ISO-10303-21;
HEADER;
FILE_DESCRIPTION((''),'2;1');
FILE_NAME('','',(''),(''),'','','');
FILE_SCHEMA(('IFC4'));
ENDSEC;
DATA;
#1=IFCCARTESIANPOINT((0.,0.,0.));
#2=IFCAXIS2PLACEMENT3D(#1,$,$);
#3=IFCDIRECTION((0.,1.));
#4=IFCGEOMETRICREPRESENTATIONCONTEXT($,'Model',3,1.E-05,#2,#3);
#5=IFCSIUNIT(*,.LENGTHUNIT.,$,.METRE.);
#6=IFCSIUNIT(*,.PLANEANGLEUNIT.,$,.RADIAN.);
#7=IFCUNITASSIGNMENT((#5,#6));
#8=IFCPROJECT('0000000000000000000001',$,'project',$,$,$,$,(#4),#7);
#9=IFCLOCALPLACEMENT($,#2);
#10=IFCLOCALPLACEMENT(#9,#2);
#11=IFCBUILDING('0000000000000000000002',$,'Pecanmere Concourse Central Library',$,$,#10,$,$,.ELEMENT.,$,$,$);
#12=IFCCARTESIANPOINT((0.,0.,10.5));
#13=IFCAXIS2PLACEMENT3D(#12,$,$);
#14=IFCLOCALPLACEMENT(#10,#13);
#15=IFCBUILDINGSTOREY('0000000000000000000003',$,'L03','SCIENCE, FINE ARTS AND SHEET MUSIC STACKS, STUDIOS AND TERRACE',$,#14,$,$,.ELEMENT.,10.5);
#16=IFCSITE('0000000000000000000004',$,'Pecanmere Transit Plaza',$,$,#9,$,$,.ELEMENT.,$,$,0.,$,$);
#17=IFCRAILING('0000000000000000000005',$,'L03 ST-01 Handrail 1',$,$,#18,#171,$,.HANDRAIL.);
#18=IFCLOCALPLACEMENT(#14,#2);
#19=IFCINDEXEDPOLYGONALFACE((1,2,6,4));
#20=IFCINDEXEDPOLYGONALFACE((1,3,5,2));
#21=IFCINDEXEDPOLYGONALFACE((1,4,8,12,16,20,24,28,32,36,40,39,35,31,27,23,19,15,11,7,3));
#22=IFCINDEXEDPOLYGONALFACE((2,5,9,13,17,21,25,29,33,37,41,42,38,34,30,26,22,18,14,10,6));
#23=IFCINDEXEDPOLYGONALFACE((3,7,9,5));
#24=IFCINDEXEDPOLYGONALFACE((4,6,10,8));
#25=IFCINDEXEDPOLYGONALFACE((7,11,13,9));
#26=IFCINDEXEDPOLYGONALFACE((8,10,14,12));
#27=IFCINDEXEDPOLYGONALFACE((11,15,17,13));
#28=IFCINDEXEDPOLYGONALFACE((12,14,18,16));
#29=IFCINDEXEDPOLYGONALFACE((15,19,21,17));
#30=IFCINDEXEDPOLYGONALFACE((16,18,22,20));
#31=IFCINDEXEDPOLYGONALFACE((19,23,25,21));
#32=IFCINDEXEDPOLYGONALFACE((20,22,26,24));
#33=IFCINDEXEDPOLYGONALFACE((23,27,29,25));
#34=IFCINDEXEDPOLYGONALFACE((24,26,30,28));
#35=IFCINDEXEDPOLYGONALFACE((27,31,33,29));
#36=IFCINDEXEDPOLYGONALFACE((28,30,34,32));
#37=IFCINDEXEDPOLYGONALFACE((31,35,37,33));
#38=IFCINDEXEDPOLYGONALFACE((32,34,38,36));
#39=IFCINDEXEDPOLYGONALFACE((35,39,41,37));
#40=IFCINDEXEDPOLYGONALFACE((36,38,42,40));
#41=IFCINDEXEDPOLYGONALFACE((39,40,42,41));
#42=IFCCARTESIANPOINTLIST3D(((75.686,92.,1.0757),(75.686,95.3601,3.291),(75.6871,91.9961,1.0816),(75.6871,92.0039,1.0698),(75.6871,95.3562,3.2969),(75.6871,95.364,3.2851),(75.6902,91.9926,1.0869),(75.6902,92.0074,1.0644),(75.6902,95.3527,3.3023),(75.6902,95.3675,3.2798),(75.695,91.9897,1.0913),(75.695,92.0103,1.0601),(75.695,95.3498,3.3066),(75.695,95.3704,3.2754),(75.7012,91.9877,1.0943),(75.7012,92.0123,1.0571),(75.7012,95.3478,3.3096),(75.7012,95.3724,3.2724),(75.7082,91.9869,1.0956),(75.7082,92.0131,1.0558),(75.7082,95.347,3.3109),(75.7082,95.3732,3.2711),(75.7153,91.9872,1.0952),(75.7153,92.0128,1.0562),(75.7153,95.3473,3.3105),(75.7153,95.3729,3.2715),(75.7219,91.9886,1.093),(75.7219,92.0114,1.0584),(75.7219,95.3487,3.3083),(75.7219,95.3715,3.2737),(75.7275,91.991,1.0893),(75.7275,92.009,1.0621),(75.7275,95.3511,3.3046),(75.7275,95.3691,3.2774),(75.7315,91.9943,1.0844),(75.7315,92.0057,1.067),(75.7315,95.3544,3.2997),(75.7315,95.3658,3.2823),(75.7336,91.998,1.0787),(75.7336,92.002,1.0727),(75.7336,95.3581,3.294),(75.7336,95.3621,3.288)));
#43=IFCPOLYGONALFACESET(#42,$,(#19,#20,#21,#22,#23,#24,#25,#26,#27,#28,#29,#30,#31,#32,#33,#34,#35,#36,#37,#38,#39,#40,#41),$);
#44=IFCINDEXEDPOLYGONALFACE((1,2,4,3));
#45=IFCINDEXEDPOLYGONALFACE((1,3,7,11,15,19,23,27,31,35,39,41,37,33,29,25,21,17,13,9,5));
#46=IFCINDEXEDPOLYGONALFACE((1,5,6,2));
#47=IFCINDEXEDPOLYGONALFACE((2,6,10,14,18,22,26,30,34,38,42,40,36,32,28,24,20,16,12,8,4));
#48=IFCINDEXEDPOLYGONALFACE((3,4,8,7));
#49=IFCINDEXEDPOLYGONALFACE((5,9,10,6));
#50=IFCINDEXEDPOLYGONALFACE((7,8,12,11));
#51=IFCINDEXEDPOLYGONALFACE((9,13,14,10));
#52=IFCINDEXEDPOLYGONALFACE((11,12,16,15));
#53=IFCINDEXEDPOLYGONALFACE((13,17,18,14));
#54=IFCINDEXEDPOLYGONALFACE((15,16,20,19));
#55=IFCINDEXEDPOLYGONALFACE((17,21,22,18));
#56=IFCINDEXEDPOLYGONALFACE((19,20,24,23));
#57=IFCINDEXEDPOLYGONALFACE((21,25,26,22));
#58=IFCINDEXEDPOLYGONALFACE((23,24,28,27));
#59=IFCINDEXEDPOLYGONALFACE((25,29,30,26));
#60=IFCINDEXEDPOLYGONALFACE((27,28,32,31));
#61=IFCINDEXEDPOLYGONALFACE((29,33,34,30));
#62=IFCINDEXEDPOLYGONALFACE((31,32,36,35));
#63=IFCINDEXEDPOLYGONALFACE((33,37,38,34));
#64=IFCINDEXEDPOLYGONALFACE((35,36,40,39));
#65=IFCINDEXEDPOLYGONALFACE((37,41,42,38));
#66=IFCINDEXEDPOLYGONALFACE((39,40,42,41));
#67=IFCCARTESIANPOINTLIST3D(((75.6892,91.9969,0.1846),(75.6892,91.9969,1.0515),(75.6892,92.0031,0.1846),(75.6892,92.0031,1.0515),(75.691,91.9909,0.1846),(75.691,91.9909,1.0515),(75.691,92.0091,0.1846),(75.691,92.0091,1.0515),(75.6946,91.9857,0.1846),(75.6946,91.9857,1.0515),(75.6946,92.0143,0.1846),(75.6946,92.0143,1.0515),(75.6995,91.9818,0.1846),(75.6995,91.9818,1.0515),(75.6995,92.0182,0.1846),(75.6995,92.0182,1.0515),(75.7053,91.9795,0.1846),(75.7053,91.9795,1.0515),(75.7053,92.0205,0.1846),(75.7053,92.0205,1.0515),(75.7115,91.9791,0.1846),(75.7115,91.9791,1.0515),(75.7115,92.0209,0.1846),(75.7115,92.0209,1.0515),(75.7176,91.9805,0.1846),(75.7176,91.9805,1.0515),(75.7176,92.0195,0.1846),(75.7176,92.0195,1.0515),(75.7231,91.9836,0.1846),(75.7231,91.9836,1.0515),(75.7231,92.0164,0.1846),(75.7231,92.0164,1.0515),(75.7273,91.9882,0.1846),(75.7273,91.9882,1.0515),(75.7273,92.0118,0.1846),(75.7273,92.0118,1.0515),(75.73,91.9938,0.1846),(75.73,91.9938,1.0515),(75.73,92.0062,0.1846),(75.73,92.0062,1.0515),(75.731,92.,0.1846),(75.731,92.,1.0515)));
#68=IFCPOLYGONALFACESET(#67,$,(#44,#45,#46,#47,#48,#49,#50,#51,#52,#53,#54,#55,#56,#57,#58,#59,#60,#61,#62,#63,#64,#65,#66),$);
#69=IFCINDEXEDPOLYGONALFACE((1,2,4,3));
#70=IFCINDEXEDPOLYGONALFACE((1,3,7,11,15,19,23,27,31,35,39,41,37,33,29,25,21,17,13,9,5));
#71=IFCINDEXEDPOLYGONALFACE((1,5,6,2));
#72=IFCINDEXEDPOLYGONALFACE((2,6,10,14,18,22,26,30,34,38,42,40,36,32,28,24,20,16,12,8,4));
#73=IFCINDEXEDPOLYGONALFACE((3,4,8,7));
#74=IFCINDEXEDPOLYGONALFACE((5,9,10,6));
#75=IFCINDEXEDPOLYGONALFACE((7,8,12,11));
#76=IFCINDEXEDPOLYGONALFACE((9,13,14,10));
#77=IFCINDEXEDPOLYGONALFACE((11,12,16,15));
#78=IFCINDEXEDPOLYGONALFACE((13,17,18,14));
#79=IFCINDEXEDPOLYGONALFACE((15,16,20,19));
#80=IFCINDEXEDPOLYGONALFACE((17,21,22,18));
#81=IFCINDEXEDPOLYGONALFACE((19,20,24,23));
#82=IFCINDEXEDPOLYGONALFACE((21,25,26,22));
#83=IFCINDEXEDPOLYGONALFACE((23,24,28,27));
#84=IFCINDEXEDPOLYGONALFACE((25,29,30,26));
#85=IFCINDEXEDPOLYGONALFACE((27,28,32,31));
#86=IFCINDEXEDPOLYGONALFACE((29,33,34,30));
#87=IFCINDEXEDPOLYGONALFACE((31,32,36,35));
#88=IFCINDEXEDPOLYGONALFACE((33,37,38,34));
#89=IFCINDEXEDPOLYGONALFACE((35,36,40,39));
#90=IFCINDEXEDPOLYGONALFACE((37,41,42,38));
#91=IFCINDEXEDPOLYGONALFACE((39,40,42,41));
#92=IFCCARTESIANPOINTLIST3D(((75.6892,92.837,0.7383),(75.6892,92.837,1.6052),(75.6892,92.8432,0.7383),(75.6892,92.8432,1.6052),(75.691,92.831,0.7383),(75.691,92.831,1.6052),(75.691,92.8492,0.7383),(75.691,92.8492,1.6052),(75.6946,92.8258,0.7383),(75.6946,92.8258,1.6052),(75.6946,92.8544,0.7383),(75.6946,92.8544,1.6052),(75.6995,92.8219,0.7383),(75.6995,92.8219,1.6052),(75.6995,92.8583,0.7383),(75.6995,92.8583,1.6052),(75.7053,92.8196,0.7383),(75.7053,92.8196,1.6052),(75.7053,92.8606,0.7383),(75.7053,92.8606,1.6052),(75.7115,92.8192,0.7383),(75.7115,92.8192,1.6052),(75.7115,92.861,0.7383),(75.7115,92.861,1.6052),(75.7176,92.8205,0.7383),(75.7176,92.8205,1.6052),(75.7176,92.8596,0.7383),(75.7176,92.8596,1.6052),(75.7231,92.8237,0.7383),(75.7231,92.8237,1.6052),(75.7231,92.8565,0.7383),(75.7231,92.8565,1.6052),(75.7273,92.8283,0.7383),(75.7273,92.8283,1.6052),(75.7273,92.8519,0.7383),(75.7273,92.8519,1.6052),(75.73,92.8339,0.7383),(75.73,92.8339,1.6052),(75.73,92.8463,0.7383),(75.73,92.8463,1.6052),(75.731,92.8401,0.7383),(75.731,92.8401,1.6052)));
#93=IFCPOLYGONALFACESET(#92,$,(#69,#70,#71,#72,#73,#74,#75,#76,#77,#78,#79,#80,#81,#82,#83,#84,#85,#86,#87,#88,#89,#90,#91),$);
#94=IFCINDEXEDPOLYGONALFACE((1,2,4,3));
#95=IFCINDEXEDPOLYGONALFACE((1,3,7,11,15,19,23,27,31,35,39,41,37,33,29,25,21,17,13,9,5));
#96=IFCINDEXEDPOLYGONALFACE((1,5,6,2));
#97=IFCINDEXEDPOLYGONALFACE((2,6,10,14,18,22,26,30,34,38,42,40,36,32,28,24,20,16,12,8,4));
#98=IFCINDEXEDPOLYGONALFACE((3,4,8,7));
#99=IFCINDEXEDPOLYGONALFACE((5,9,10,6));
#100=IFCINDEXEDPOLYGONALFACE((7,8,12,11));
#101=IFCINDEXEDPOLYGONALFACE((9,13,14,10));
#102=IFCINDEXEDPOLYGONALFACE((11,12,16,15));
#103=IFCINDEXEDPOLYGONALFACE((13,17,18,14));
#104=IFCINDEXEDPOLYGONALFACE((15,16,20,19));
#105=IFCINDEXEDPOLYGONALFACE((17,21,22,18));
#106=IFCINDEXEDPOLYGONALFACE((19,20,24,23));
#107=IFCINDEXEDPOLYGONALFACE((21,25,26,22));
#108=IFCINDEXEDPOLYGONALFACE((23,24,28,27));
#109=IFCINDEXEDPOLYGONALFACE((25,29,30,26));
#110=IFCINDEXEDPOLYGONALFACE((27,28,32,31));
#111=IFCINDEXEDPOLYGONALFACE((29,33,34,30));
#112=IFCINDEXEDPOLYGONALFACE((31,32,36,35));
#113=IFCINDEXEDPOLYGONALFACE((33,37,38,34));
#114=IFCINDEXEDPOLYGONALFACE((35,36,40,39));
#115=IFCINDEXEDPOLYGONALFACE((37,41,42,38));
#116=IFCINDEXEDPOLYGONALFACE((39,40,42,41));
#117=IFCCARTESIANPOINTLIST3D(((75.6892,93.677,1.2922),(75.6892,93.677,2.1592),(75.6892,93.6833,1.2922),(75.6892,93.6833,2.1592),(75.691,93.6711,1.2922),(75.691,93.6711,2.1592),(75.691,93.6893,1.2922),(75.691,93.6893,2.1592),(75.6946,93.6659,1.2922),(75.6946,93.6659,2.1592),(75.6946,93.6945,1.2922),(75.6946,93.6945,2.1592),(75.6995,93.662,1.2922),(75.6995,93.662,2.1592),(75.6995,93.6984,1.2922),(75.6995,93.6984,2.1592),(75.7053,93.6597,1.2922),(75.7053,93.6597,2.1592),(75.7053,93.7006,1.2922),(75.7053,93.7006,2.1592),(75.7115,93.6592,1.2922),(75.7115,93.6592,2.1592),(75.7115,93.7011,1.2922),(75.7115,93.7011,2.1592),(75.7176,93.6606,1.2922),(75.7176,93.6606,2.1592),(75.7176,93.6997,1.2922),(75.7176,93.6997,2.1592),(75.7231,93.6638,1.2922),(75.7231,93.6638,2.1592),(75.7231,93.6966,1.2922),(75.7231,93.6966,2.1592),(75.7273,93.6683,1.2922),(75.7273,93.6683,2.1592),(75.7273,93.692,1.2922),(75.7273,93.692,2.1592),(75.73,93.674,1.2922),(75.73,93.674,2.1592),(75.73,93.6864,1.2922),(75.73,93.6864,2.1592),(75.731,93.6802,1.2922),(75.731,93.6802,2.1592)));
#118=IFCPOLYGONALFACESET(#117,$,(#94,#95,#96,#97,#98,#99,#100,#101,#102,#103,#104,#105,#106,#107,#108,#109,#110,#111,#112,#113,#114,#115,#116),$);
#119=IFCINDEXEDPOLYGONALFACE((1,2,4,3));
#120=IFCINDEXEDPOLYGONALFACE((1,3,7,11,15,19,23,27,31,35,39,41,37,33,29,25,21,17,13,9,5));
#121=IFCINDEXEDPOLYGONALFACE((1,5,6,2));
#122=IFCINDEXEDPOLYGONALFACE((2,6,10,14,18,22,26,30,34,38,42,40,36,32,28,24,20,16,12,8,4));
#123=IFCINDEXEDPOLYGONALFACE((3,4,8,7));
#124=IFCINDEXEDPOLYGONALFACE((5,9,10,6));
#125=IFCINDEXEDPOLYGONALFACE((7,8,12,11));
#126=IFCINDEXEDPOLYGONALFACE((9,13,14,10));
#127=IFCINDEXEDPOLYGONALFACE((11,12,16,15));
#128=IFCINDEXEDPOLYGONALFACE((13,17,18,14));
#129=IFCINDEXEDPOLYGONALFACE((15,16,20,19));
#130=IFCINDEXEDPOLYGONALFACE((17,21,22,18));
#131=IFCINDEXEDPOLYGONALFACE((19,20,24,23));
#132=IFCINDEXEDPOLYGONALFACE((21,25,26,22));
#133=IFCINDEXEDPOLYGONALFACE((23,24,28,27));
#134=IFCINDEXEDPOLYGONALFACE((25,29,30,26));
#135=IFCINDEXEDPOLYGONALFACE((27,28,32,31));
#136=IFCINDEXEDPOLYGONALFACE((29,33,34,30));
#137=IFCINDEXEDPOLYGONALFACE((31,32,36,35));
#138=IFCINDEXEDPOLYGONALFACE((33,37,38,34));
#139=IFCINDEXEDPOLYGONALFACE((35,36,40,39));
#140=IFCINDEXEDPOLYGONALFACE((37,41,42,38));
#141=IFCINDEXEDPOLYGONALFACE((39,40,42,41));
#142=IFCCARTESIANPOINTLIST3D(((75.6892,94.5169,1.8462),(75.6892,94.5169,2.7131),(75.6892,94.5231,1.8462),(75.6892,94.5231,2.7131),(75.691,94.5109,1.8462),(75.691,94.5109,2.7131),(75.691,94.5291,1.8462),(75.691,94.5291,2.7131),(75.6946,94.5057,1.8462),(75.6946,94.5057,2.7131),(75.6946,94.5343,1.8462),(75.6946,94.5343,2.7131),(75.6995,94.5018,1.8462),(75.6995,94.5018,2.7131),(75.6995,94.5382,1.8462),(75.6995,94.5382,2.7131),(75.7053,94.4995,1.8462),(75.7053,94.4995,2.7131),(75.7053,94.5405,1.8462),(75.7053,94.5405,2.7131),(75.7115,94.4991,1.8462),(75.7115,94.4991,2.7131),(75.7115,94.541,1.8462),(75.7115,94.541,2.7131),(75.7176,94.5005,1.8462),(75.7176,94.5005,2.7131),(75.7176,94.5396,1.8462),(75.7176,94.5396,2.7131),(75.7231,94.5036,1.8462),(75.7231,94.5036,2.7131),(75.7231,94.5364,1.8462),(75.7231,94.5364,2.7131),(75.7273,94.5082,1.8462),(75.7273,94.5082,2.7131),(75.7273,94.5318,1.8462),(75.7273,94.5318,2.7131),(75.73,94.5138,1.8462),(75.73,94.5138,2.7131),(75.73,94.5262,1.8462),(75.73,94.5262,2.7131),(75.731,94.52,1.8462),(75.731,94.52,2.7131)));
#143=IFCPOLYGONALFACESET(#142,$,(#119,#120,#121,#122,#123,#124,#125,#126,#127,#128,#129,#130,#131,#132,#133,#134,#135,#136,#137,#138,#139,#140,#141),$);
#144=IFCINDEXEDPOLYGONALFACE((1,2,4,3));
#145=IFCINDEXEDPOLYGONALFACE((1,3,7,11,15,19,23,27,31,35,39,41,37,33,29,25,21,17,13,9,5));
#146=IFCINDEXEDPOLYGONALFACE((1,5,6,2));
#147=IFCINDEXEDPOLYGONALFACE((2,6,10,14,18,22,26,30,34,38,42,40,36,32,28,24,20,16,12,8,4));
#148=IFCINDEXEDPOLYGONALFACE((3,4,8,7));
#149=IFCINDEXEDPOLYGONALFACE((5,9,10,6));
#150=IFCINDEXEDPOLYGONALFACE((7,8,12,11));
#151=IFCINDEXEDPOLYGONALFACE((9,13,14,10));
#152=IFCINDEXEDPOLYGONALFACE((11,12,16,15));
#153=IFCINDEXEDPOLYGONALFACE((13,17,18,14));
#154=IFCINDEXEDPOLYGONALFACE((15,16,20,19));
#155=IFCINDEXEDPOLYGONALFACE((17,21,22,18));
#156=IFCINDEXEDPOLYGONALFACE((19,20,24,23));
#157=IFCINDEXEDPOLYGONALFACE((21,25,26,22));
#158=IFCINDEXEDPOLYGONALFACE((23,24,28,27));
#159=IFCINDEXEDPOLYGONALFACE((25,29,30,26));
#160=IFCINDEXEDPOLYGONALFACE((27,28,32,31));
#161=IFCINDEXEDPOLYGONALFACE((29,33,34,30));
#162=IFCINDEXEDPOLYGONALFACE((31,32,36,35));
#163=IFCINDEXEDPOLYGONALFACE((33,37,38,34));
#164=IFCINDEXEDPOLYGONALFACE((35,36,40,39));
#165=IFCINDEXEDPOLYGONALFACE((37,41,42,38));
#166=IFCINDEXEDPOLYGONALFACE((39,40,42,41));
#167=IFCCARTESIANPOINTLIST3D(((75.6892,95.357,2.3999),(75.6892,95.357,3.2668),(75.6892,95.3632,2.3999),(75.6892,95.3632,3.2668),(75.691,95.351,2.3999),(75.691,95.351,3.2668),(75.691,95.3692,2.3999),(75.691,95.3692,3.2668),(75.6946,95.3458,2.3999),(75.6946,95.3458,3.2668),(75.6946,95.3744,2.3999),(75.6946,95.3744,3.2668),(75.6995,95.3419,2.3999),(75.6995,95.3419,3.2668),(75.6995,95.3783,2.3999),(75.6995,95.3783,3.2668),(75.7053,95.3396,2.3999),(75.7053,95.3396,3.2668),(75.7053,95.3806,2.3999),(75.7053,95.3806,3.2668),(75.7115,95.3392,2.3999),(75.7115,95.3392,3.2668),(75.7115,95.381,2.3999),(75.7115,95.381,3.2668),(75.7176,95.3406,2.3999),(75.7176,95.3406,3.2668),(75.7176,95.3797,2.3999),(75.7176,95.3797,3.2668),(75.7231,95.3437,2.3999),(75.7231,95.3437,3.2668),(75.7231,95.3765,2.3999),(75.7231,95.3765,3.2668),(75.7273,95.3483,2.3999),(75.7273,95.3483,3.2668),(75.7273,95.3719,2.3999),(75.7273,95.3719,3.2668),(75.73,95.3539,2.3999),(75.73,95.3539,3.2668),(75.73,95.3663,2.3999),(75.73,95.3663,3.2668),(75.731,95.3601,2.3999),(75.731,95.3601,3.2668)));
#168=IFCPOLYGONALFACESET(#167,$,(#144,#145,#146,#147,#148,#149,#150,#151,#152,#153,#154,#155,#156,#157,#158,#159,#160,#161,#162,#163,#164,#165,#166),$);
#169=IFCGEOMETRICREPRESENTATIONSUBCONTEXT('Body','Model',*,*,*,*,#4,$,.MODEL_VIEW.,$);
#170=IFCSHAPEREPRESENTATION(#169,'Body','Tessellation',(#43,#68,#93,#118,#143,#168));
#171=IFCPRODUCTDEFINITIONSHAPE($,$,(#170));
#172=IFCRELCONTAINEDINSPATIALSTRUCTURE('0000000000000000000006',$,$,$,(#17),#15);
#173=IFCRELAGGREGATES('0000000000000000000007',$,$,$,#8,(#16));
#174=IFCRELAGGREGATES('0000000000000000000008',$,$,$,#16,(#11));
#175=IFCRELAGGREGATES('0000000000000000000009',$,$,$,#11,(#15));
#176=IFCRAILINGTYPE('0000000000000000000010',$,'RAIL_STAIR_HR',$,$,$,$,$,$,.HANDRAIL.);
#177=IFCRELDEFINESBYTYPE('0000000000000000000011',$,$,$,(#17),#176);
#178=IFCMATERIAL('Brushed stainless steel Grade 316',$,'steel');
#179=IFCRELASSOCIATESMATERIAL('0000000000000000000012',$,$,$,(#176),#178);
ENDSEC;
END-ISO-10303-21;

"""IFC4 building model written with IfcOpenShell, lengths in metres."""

from ifc_helpers import new_model, si_unit, direction, frame, origin, origin_2d, place, context, subcontext, project, spatial, circle, extrude, material, type_object, element, save


model = new_model("IFC4")

# Units and contexts
model_context = context("Model", 3, precision=1e-05, world=origin(), true_north=direction((0.0, 1.0)))
body_context = subcontext(model_context, "Body", "Model", "MODEL_VIEW")
ifc_project = project(units=[si_unit("LENGTHUNIT", "METRE"), si_unit("PLANEANGLEUNIT", "RADIAN")], contexts=[model_context])

# Site, building, storey
site_placement = place(None, origin())
site = spatial("IfcSite", under=ifc_project, at=site_placement, Name="Pecanmere Transit Plaza", CompositionType="ELEMENT", RefElevation=0.0)
building_placement = place(site_placement, origin())
building = spatial("IfcBuilding", under=site, at=building_placement, Name="Pecanmere Concourse Central Library", CompositionType="ELEMENT")
storey_placement = place(building_placement, frame((0.0, 0.0, 10.5)))
storey = spatial("IfcBuildingStorey", under=building, at=storey_placement, Name="L03", Description="SCIENCE, FINE ARTS AND SHEET MUSIC STACKS, STUDIOS AND TERRACE", CompositionType="ELEMENT", Elevation=10.5)

# Railing
ifc_material_1 = material(Name="Brushed stainless steel Grade 316", Category="steel")
railing_type_1 = type_object("IfcRailingType", Name="RAIL_STAIR_HR", PredefinedType="HANDRAIL", material=ifc_material_1)
railing_1_placement = place(storey_placement, frame((75.71, 92.0, 0.1846)))
element("IfcRailing", 1, at=railing_1_placement, inside=storey, type_object=railing_type_1, Name="L03 ST-01 Handrail 1", PredefinedType="HANDRAIL", context=body_context, shape_type="SweptSolid", body=[
    extrude(circle(Radius=0.0239, at=origin_2d()), frame((0.0, 0.0, 0.8911), z_axis=(0.0, 0.834876, 0.550437), x_axis=(-1.0, 0.0, 0.0)), (0.0, 0.0, 1.0), 4.0247),
    extrude(circle(Radius=0.021, at=origin_2d()), origin(), (0.0, 0.0, 1.0), 0.8669),
    extrude(circle(Radius=0.021, at=origin_2d()), frame((0.0, 0.8401, 0.5537)), (0.0, 0.0, 1.0), 0.8669),
    extrude(circle(Radius=0.021, at=origin_2d()), frame((0.0, 1.6802, 1.1077)), (0.0, 0.0, 1.0), 0.8669),
    extrude(circle(Radius=0.021, at=origin_2d()), frame((0.0, 2.52, 1.6616)), (0.0, 0.0, 1.0), 0.8669),
    extrude(circle(Radius=0.021, at=origin_2d()), frame((0.0, 3.3601, 2.2153)), (0.0, 0.0, 1.0), 0.8669),
])

save(model, "model.ifc")
